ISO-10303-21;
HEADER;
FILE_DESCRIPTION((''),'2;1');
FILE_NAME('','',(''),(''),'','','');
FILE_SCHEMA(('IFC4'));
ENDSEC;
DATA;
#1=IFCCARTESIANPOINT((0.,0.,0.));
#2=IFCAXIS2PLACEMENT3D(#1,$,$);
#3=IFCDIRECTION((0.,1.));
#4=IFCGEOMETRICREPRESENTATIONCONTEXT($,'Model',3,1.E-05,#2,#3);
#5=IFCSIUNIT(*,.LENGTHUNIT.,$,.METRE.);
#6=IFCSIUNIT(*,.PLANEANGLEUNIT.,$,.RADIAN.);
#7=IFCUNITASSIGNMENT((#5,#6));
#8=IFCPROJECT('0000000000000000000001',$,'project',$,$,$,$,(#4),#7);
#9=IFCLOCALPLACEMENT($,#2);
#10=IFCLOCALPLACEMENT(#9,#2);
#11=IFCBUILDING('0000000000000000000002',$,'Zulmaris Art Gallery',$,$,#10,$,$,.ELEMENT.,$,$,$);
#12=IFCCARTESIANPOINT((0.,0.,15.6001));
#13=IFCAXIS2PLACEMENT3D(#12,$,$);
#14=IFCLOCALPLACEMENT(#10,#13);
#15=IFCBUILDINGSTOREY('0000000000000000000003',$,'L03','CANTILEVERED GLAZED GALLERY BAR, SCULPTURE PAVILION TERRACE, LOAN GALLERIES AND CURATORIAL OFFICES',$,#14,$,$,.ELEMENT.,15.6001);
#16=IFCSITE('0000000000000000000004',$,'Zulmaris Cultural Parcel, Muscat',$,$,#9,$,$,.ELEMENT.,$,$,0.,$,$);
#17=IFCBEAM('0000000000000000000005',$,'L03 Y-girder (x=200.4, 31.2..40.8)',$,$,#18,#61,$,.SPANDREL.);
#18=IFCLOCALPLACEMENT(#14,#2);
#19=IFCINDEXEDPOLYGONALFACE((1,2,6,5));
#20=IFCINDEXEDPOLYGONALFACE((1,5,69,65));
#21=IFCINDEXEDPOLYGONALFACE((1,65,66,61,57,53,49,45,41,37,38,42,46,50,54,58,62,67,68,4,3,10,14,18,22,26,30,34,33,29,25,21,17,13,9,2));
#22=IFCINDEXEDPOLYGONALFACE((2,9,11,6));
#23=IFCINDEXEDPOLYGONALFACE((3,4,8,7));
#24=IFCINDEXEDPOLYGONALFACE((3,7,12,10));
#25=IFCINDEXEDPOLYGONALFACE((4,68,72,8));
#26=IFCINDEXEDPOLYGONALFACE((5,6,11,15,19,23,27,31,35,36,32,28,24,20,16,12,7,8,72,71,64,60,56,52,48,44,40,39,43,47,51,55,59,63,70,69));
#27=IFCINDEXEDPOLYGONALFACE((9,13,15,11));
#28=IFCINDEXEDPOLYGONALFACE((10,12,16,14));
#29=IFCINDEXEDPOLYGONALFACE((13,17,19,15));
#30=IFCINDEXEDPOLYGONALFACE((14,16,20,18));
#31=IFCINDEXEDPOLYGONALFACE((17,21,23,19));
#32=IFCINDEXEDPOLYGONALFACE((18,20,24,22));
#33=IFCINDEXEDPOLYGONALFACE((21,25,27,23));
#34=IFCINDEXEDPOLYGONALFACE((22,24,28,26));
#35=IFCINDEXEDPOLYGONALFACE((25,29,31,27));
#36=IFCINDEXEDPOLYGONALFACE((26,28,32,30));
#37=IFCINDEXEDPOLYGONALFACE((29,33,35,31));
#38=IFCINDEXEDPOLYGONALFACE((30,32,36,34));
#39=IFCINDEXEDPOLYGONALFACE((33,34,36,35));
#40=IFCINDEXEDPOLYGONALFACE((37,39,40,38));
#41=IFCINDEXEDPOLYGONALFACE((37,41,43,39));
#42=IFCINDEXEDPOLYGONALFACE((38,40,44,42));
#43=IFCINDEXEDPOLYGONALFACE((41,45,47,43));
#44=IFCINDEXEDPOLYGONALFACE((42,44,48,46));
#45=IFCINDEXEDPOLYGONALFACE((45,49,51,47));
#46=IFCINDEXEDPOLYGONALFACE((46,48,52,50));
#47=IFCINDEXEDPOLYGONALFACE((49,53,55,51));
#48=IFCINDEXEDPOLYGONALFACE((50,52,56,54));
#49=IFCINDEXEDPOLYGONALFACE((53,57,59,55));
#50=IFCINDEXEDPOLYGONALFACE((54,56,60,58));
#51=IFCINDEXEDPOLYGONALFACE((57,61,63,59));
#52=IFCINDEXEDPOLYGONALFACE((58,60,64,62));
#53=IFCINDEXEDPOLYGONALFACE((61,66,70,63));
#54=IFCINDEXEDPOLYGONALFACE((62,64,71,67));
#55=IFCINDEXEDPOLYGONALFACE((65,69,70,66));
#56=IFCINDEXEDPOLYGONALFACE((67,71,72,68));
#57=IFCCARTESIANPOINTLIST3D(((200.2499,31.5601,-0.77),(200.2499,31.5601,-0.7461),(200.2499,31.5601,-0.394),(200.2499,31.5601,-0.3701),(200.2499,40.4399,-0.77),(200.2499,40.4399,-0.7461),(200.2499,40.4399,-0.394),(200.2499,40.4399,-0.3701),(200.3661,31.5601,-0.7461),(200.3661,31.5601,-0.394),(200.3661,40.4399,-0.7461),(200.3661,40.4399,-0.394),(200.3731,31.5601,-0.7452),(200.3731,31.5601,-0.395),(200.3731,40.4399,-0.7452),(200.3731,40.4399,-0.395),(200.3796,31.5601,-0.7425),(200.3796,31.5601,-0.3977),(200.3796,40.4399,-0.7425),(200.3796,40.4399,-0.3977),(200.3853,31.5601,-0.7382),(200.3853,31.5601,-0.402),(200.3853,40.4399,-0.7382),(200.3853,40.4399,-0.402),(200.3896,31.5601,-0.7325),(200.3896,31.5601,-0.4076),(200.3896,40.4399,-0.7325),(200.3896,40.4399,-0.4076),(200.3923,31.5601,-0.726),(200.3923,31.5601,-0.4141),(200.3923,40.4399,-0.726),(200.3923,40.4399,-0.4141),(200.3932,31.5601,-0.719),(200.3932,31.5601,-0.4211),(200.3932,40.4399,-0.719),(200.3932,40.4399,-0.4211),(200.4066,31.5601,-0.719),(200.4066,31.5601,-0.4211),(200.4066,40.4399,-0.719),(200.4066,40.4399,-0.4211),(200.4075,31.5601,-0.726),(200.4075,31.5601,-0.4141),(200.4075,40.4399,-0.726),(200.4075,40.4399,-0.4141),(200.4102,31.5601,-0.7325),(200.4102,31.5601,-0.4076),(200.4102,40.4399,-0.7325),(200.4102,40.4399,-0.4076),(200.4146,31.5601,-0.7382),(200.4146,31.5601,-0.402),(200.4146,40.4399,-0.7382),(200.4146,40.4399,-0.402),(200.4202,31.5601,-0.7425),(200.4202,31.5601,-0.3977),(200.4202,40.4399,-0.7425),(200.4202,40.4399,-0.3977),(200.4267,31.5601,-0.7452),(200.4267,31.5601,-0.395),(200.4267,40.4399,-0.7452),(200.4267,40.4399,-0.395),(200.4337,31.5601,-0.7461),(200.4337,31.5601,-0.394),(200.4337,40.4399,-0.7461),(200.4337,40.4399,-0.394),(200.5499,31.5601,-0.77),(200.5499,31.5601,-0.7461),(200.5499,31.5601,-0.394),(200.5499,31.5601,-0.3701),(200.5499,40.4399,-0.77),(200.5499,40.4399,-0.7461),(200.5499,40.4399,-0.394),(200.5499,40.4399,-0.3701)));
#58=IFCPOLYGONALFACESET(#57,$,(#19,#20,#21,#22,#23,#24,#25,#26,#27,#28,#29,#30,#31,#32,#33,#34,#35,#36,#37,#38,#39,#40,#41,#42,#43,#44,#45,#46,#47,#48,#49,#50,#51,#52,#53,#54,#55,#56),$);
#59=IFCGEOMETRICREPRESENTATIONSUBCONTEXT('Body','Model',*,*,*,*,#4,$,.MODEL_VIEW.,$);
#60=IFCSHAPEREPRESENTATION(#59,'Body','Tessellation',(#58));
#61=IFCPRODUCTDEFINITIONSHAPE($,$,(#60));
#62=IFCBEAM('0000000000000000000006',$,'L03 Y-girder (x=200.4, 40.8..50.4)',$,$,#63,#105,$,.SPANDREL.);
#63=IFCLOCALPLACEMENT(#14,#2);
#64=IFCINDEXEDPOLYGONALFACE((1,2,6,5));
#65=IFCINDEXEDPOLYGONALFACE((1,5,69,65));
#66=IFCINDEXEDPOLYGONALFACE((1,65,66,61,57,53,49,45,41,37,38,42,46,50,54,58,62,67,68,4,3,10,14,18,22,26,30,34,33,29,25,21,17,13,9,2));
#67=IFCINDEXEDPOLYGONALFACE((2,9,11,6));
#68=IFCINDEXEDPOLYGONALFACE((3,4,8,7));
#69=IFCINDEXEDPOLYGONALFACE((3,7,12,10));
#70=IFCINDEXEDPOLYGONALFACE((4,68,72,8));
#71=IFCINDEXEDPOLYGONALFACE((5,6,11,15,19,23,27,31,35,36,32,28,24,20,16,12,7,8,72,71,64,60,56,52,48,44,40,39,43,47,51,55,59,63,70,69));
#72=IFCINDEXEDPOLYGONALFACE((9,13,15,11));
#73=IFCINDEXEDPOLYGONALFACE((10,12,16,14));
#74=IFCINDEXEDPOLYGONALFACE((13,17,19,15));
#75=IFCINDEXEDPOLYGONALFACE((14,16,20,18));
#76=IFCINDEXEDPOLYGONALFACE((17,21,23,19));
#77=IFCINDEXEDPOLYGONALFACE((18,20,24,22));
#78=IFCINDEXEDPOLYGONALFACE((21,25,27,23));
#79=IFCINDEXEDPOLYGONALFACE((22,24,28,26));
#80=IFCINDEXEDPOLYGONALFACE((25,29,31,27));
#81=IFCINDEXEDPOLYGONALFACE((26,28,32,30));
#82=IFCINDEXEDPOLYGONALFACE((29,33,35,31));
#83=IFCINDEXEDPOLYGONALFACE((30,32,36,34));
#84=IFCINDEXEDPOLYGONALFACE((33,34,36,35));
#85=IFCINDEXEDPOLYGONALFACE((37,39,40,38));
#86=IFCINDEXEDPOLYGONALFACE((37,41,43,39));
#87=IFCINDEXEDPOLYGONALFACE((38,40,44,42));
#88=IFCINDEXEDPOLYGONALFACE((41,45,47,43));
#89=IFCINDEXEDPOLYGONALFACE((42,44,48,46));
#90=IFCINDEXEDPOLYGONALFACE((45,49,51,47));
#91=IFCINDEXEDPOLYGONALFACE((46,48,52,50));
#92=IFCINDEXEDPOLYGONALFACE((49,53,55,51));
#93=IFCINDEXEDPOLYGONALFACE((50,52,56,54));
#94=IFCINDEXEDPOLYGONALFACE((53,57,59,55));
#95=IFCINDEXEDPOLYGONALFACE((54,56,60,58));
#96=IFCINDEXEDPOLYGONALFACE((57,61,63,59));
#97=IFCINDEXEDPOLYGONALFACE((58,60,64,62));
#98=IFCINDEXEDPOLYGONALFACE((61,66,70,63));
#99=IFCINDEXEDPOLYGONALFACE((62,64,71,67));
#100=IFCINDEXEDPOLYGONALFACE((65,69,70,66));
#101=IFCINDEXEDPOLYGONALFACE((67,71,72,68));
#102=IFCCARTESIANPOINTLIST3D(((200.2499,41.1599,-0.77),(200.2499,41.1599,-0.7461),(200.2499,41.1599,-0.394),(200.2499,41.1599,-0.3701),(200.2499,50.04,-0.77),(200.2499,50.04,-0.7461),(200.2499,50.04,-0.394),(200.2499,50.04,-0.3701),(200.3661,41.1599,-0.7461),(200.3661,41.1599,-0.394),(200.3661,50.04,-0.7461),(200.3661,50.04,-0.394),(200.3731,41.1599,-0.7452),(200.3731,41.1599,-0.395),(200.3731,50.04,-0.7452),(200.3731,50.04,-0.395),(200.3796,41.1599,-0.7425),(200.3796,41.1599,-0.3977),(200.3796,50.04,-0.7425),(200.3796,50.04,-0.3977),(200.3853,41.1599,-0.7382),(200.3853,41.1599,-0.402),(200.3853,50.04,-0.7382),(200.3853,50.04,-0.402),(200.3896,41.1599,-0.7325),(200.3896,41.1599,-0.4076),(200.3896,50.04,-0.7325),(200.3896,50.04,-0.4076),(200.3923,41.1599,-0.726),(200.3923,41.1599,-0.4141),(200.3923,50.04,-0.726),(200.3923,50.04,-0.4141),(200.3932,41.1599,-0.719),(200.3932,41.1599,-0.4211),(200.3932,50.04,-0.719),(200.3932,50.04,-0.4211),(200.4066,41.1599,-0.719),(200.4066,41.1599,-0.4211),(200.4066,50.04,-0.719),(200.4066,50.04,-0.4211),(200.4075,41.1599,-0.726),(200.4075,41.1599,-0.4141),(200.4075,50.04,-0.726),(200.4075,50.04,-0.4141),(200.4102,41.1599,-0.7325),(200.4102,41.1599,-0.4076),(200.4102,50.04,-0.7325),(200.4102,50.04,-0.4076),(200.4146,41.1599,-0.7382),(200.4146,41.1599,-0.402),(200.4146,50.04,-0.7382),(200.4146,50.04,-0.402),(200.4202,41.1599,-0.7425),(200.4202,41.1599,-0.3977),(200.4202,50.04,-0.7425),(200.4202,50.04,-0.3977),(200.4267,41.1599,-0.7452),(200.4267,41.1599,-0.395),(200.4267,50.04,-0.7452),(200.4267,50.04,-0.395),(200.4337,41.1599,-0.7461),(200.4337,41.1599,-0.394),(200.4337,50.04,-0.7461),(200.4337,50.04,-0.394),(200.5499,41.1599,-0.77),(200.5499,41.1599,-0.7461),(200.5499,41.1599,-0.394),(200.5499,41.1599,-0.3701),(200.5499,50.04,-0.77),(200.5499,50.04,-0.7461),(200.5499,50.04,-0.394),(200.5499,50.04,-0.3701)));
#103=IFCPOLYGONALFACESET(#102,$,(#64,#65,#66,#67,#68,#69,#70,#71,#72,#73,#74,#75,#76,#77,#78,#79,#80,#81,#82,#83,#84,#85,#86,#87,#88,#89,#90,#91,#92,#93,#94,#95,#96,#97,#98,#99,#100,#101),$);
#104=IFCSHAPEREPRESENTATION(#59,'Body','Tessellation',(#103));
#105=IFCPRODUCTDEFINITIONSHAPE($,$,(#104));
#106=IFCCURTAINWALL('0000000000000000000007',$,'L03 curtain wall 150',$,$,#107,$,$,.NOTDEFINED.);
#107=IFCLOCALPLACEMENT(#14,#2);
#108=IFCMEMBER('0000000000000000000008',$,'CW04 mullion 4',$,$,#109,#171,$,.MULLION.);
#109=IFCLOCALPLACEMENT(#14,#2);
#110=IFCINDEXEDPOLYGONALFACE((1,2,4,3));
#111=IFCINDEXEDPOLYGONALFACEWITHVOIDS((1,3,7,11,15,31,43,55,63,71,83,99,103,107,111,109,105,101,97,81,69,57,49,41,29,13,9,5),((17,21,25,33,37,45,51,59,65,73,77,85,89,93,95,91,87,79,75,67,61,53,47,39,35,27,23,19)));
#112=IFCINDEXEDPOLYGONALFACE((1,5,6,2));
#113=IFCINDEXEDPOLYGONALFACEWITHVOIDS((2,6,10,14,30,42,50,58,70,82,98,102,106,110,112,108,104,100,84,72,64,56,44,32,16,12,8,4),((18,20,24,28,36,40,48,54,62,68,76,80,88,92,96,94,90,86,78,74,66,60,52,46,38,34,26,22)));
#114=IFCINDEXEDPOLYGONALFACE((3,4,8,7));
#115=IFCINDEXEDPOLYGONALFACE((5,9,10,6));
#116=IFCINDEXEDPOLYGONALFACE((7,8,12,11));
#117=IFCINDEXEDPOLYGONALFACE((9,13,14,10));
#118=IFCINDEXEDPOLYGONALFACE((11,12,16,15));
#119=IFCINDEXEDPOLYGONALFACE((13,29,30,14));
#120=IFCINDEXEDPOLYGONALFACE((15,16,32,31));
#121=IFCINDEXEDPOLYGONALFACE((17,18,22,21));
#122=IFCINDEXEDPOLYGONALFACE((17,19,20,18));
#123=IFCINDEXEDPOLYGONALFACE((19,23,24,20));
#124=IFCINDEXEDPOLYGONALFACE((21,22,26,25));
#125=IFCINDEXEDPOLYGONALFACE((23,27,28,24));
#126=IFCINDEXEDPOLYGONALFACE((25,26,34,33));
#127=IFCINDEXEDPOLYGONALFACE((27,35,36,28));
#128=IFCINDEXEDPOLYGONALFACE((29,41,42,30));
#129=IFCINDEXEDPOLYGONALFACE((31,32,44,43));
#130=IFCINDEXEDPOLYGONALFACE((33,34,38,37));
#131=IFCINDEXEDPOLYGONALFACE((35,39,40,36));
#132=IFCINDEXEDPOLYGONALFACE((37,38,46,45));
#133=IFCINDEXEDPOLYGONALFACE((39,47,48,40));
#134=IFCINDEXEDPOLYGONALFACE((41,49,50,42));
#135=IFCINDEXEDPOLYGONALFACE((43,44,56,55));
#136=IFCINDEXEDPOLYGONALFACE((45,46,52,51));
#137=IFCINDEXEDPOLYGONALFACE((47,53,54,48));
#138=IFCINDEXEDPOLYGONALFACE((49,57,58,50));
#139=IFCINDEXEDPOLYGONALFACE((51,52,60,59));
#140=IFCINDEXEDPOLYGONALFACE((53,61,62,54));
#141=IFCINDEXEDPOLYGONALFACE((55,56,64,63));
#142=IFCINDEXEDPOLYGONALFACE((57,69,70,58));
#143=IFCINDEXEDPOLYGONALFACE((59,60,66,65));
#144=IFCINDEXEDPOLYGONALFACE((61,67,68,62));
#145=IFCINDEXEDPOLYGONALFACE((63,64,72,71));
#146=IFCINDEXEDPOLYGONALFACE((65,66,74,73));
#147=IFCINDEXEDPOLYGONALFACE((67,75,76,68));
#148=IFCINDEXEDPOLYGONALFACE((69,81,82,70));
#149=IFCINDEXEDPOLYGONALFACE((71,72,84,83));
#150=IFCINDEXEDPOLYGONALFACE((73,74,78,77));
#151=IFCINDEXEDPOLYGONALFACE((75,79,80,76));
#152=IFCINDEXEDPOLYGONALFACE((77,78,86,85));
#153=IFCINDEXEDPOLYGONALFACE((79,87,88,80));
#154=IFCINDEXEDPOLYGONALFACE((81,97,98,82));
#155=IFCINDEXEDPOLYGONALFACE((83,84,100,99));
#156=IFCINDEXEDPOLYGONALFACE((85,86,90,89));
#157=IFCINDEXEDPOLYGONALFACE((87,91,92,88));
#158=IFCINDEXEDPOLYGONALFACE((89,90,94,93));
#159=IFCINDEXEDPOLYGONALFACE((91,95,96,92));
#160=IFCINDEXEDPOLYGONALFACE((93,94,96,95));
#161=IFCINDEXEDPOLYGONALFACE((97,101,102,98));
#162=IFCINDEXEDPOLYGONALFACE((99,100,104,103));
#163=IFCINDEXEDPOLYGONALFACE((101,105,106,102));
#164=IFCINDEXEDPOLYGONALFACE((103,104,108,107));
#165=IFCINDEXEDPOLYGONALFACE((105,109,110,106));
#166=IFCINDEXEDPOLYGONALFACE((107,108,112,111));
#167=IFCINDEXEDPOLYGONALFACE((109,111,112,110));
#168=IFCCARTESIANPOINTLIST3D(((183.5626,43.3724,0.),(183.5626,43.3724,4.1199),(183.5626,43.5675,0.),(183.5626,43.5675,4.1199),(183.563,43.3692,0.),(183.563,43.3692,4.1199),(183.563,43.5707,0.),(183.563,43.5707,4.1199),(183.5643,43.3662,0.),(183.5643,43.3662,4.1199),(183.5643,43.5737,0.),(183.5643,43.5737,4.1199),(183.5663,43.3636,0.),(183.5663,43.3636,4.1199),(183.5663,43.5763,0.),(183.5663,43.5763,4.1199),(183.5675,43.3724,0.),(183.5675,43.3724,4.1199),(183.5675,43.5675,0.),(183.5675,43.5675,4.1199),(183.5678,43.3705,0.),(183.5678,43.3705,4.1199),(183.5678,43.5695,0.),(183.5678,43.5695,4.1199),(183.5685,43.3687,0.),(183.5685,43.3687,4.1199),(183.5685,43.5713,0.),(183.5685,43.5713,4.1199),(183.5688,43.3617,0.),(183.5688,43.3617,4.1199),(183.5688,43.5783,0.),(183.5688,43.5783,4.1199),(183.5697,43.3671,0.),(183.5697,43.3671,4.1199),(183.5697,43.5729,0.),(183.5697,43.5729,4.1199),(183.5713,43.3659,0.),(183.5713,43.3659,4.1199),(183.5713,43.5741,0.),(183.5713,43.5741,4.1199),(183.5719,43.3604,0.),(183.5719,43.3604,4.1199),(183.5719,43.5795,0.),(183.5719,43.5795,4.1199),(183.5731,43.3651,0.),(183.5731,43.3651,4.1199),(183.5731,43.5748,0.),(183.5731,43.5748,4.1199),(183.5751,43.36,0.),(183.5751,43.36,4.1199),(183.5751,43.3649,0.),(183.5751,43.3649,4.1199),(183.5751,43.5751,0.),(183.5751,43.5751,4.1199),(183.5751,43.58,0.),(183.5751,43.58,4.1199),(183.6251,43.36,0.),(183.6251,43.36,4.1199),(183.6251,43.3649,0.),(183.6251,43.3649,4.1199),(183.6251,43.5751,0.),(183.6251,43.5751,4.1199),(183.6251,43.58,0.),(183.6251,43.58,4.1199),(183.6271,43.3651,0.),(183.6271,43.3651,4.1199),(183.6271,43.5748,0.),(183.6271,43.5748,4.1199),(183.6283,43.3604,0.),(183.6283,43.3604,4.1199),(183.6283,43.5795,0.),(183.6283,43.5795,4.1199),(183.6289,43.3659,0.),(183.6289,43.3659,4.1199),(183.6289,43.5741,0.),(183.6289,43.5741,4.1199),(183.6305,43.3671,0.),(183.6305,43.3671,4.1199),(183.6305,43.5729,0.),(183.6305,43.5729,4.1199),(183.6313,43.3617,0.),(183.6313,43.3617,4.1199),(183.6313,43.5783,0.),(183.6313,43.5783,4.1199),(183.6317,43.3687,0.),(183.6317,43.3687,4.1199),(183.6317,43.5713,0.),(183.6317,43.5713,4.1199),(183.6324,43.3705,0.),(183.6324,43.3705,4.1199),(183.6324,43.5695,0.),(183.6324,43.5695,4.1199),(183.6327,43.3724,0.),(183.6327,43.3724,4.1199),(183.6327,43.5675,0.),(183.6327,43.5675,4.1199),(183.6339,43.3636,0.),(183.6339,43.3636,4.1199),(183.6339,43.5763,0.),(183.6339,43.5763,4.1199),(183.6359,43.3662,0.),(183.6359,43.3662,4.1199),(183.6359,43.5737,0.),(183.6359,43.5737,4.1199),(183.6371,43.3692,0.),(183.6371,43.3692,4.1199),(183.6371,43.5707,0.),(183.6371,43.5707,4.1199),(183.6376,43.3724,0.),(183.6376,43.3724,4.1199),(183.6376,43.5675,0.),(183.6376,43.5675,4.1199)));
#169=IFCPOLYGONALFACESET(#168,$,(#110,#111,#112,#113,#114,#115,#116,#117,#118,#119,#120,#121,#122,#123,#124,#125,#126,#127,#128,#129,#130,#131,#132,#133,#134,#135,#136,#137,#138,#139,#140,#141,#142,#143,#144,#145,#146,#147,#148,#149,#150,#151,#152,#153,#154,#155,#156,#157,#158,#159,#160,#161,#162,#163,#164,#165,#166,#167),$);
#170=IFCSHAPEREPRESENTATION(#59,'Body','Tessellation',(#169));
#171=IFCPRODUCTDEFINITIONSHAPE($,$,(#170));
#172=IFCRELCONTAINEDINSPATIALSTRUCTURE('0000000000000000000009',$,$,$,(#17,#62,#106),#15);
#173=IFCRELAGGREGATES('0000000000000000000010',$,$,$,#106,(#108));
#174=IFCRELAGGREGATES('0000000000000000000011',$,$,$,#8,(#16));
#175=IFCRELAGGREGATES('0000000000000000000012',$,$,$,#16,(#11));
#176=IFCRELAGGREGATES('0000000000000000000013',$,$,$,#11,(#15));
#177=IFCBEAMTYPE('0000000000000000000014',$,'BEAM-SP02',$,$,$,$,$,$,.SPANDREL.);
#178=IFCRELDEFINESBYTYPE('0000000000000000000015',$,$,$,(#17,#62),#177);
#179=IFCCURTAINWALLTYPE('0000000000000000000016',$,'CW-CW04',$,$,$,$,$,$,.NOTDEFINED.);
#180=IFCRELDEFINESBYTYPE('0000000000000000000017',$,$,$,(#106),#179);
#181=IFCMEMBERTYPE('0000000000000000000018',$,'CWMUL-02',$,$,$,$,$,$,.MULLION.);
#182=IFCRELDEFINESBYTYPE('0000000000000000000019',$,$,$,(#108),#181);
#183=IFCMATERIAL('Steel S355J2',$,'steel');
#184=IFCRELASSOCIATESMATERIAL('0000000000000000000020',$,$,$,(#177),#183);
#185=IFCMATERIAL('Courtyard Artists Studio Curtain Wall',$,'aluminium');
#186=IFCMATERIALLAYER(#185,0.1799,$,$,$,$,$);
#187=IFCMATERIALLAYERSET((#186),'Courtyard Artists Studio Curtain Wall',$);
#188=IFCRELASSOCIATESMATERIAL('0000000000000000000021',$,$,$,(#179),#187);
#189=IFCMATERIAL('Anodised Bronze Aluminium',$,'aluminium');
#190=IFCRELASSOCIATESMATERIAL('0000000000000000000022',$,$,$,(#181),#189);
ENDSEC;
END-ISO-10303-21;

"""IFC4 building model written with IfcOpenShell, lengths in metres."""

from ifc_helpers import new_model, si_unit, direction, frame, origin, origin_2d, place, context, subcontext, project, spatial, hollow_rectangle, i_section, extrude, material, layer, layer_set, material_profile, profile_set, type_object, element, aggregate, save


model = new_model("IFC4")

# Units and contexts
model_context = context("Model", 3, precision=1e-05, world=origin(), true_north=direction((0.0, 1.0)))
body_context = subcontext(model_context, "Body", "Model", "MODEL_VIEW")
ifc_project = project(units=[si_unit("LENGTHUNIT", "METRE"), si_unit("PLANEANGLEUNIT", "RADIAN")], contexts=[model_context])

# Site, building, storey
site_placement = place(None, origin())
site = spatial("IfcSite", under=ifc_project, at=site_placement, Name="Zulmaris Cultural Parcel, Muscat", CompositionType="ELEMENT", RefElevation=0.0)
building_placement = place(site_placement, origin())
building = spatial("IfcBuilding", under=site, at=building_placement, Name="Zulmaris Art Gallery", CompositionType="ELEMENT")
storey_placement = place(building_placement, frame((0.0, 0.0, 15.6001)))
storey = spatial("IfcBuildingStorey", under=building, at=storey_placement, Name="L03", Description="CANTILEVERED GLAZED GALLERY BAR, SCULPTURE PAVILION TERRACE, LOAN GALLERIES AND CURATORIAL OFFICES", CompositionType="ELEMENT", Elevation=15.6001)

# Beams
ifc_material_1 = material(Name="Steel S355J2", Category="steel")
ifc_material_profile_1 = material_profile(ifc_material_1, i_section(OverallWidth=0.3, OverallDepth=0.3999, WebThickness=0.0134, FlangeThickness=0.0239, FilletRadius=0.0271, at=origin_2d()), Name="HEB 400")
ifc_profile_set_1 = profile_set([ifc_material_profile_1], Name="Steel S355J2")
beam_type_1 = type_object("IfcBeamType", Name="BEAM-SP02", PredefinedType="SPANDREL", material=ifc_profile_set_1)
beam_1_placement = place(storey_placement, frame((200.3999, 31.5601, -0.5701), z_axis=(0.0, 1.0, 0.0), x_axis=(-1.0, 0.0, 0.0)))
element("IfcBeam", 1, at=beam_1_placement, inside=storey, type_object=beam_type_1, Name="L03 Y-girder (x=200.4, 31.2..40.8)", PredefinedType="SPANDREL", context=body_context, shape_type="SweptSolid", body=[
    extrude(i_section(OverallWidth=0.3, OverallDepth=0.3999, WebThickness=0.0134, FlangeThickness=0.0239, FilletRadius=0.0271, at=origin_2d()), origin(), (0.0, 0.0, 1.0), 8.8799),
])
beam_2_placement = place(storey_placement, frame((200.3999, 41.1599, -0.5701), z_axis=(0.0, 1.0, 0.0), x_axis=(-1.0, 0.0, 0.0)))
element("IfcBeam", 2, at=beam_2_placement, inside=storey, type_object=beam_type_1, Name="L03 Y-girder (x=200.4, 40.8..50.4)", PredefinedType="SPANDREL", context=body_context, shape_type="SweptSolid", body=[
    extrude(i_section(OverallWidth=0.3, OverallDepth=0.3999, WebThickness=0.0134, FlangeThickness=0.0239, FilletRadius=0.0271, at=origin_2d()), origin(), (0.0, 0.0, 1.0), 8.8801),
])

# Curtain wall, member
ifc_material_2 = material(Name="Courtyard Artists Studio Curtain Wall", Category="aluminium")
ifc_layer_1 = layer(ifc_material_2, 0.1799)
ifc_layer_set_1 = layer_set([ifc_layer_1], Name="Courtyard Artists Studio Curtain Wall")
curtain_wall_type = type_object("IfcCurtainWallType", Name="CW-CW04", PredefinedType="NOTDEFINED", material=ifc_layer_set_1)
curtain_wall_placement = place(storey_placement, origin())
curtain_wall = element("IfcCurtainWall", 3, at=curtain_wall_placement, inside=storey, type_object=curtain_wall_type, Name="L03 curtain wall 150", PredefinedType="NOTDEFINED")
ifc_material_3 = material(Name="Anodised Bronze Aluminium", Category="aluminium")
ifc_material_profile_2 = material_profile(ifc_material_3, hollow_rectangle(XDim=0.075, YDim=0.22, WallThickness=0.0049, InnerFilletRadius=0.0076, OuterFilletRadius=0.0125, at=origin_2d()), Name="ALU 75x220x5")
ifc_profile_set_2 = profile_set([ifc_material_profile_2], Name="Anodised Bronze Aluminium")
member_type_1 = type_object("IfcMemberType", Name="CWMUL-02", PredefinedType="MULLION", material=ifc_profile_set_2)
member_1_placement = place(storey_placement, frame((183.6001, 43.47, 0.0), z_axis=(0.0, 0.0, 1.0), x_axis=(1.0, 0.0, 0.0)))
member_1 = element("IfcMember", 4, at=member_1_placement, type_object=member_type_1, Name="CW04 mullion 4", PredefinedType="MULLION", context=body_context, shape_type="SweptSolid", body=[
    extrude(hollow_rectangle(XDim=0.075, YDim=0.22, WallThickness=0.0049, InnerFilletRadius=0.0076, OuterFilletRadius=0.0125, at=origin_2d()), origin(), (0.0, 0.0, 1.0), 4.1199),
])
aggregate(curtain_wall, [member_1])

save(model, "model.ifc")
